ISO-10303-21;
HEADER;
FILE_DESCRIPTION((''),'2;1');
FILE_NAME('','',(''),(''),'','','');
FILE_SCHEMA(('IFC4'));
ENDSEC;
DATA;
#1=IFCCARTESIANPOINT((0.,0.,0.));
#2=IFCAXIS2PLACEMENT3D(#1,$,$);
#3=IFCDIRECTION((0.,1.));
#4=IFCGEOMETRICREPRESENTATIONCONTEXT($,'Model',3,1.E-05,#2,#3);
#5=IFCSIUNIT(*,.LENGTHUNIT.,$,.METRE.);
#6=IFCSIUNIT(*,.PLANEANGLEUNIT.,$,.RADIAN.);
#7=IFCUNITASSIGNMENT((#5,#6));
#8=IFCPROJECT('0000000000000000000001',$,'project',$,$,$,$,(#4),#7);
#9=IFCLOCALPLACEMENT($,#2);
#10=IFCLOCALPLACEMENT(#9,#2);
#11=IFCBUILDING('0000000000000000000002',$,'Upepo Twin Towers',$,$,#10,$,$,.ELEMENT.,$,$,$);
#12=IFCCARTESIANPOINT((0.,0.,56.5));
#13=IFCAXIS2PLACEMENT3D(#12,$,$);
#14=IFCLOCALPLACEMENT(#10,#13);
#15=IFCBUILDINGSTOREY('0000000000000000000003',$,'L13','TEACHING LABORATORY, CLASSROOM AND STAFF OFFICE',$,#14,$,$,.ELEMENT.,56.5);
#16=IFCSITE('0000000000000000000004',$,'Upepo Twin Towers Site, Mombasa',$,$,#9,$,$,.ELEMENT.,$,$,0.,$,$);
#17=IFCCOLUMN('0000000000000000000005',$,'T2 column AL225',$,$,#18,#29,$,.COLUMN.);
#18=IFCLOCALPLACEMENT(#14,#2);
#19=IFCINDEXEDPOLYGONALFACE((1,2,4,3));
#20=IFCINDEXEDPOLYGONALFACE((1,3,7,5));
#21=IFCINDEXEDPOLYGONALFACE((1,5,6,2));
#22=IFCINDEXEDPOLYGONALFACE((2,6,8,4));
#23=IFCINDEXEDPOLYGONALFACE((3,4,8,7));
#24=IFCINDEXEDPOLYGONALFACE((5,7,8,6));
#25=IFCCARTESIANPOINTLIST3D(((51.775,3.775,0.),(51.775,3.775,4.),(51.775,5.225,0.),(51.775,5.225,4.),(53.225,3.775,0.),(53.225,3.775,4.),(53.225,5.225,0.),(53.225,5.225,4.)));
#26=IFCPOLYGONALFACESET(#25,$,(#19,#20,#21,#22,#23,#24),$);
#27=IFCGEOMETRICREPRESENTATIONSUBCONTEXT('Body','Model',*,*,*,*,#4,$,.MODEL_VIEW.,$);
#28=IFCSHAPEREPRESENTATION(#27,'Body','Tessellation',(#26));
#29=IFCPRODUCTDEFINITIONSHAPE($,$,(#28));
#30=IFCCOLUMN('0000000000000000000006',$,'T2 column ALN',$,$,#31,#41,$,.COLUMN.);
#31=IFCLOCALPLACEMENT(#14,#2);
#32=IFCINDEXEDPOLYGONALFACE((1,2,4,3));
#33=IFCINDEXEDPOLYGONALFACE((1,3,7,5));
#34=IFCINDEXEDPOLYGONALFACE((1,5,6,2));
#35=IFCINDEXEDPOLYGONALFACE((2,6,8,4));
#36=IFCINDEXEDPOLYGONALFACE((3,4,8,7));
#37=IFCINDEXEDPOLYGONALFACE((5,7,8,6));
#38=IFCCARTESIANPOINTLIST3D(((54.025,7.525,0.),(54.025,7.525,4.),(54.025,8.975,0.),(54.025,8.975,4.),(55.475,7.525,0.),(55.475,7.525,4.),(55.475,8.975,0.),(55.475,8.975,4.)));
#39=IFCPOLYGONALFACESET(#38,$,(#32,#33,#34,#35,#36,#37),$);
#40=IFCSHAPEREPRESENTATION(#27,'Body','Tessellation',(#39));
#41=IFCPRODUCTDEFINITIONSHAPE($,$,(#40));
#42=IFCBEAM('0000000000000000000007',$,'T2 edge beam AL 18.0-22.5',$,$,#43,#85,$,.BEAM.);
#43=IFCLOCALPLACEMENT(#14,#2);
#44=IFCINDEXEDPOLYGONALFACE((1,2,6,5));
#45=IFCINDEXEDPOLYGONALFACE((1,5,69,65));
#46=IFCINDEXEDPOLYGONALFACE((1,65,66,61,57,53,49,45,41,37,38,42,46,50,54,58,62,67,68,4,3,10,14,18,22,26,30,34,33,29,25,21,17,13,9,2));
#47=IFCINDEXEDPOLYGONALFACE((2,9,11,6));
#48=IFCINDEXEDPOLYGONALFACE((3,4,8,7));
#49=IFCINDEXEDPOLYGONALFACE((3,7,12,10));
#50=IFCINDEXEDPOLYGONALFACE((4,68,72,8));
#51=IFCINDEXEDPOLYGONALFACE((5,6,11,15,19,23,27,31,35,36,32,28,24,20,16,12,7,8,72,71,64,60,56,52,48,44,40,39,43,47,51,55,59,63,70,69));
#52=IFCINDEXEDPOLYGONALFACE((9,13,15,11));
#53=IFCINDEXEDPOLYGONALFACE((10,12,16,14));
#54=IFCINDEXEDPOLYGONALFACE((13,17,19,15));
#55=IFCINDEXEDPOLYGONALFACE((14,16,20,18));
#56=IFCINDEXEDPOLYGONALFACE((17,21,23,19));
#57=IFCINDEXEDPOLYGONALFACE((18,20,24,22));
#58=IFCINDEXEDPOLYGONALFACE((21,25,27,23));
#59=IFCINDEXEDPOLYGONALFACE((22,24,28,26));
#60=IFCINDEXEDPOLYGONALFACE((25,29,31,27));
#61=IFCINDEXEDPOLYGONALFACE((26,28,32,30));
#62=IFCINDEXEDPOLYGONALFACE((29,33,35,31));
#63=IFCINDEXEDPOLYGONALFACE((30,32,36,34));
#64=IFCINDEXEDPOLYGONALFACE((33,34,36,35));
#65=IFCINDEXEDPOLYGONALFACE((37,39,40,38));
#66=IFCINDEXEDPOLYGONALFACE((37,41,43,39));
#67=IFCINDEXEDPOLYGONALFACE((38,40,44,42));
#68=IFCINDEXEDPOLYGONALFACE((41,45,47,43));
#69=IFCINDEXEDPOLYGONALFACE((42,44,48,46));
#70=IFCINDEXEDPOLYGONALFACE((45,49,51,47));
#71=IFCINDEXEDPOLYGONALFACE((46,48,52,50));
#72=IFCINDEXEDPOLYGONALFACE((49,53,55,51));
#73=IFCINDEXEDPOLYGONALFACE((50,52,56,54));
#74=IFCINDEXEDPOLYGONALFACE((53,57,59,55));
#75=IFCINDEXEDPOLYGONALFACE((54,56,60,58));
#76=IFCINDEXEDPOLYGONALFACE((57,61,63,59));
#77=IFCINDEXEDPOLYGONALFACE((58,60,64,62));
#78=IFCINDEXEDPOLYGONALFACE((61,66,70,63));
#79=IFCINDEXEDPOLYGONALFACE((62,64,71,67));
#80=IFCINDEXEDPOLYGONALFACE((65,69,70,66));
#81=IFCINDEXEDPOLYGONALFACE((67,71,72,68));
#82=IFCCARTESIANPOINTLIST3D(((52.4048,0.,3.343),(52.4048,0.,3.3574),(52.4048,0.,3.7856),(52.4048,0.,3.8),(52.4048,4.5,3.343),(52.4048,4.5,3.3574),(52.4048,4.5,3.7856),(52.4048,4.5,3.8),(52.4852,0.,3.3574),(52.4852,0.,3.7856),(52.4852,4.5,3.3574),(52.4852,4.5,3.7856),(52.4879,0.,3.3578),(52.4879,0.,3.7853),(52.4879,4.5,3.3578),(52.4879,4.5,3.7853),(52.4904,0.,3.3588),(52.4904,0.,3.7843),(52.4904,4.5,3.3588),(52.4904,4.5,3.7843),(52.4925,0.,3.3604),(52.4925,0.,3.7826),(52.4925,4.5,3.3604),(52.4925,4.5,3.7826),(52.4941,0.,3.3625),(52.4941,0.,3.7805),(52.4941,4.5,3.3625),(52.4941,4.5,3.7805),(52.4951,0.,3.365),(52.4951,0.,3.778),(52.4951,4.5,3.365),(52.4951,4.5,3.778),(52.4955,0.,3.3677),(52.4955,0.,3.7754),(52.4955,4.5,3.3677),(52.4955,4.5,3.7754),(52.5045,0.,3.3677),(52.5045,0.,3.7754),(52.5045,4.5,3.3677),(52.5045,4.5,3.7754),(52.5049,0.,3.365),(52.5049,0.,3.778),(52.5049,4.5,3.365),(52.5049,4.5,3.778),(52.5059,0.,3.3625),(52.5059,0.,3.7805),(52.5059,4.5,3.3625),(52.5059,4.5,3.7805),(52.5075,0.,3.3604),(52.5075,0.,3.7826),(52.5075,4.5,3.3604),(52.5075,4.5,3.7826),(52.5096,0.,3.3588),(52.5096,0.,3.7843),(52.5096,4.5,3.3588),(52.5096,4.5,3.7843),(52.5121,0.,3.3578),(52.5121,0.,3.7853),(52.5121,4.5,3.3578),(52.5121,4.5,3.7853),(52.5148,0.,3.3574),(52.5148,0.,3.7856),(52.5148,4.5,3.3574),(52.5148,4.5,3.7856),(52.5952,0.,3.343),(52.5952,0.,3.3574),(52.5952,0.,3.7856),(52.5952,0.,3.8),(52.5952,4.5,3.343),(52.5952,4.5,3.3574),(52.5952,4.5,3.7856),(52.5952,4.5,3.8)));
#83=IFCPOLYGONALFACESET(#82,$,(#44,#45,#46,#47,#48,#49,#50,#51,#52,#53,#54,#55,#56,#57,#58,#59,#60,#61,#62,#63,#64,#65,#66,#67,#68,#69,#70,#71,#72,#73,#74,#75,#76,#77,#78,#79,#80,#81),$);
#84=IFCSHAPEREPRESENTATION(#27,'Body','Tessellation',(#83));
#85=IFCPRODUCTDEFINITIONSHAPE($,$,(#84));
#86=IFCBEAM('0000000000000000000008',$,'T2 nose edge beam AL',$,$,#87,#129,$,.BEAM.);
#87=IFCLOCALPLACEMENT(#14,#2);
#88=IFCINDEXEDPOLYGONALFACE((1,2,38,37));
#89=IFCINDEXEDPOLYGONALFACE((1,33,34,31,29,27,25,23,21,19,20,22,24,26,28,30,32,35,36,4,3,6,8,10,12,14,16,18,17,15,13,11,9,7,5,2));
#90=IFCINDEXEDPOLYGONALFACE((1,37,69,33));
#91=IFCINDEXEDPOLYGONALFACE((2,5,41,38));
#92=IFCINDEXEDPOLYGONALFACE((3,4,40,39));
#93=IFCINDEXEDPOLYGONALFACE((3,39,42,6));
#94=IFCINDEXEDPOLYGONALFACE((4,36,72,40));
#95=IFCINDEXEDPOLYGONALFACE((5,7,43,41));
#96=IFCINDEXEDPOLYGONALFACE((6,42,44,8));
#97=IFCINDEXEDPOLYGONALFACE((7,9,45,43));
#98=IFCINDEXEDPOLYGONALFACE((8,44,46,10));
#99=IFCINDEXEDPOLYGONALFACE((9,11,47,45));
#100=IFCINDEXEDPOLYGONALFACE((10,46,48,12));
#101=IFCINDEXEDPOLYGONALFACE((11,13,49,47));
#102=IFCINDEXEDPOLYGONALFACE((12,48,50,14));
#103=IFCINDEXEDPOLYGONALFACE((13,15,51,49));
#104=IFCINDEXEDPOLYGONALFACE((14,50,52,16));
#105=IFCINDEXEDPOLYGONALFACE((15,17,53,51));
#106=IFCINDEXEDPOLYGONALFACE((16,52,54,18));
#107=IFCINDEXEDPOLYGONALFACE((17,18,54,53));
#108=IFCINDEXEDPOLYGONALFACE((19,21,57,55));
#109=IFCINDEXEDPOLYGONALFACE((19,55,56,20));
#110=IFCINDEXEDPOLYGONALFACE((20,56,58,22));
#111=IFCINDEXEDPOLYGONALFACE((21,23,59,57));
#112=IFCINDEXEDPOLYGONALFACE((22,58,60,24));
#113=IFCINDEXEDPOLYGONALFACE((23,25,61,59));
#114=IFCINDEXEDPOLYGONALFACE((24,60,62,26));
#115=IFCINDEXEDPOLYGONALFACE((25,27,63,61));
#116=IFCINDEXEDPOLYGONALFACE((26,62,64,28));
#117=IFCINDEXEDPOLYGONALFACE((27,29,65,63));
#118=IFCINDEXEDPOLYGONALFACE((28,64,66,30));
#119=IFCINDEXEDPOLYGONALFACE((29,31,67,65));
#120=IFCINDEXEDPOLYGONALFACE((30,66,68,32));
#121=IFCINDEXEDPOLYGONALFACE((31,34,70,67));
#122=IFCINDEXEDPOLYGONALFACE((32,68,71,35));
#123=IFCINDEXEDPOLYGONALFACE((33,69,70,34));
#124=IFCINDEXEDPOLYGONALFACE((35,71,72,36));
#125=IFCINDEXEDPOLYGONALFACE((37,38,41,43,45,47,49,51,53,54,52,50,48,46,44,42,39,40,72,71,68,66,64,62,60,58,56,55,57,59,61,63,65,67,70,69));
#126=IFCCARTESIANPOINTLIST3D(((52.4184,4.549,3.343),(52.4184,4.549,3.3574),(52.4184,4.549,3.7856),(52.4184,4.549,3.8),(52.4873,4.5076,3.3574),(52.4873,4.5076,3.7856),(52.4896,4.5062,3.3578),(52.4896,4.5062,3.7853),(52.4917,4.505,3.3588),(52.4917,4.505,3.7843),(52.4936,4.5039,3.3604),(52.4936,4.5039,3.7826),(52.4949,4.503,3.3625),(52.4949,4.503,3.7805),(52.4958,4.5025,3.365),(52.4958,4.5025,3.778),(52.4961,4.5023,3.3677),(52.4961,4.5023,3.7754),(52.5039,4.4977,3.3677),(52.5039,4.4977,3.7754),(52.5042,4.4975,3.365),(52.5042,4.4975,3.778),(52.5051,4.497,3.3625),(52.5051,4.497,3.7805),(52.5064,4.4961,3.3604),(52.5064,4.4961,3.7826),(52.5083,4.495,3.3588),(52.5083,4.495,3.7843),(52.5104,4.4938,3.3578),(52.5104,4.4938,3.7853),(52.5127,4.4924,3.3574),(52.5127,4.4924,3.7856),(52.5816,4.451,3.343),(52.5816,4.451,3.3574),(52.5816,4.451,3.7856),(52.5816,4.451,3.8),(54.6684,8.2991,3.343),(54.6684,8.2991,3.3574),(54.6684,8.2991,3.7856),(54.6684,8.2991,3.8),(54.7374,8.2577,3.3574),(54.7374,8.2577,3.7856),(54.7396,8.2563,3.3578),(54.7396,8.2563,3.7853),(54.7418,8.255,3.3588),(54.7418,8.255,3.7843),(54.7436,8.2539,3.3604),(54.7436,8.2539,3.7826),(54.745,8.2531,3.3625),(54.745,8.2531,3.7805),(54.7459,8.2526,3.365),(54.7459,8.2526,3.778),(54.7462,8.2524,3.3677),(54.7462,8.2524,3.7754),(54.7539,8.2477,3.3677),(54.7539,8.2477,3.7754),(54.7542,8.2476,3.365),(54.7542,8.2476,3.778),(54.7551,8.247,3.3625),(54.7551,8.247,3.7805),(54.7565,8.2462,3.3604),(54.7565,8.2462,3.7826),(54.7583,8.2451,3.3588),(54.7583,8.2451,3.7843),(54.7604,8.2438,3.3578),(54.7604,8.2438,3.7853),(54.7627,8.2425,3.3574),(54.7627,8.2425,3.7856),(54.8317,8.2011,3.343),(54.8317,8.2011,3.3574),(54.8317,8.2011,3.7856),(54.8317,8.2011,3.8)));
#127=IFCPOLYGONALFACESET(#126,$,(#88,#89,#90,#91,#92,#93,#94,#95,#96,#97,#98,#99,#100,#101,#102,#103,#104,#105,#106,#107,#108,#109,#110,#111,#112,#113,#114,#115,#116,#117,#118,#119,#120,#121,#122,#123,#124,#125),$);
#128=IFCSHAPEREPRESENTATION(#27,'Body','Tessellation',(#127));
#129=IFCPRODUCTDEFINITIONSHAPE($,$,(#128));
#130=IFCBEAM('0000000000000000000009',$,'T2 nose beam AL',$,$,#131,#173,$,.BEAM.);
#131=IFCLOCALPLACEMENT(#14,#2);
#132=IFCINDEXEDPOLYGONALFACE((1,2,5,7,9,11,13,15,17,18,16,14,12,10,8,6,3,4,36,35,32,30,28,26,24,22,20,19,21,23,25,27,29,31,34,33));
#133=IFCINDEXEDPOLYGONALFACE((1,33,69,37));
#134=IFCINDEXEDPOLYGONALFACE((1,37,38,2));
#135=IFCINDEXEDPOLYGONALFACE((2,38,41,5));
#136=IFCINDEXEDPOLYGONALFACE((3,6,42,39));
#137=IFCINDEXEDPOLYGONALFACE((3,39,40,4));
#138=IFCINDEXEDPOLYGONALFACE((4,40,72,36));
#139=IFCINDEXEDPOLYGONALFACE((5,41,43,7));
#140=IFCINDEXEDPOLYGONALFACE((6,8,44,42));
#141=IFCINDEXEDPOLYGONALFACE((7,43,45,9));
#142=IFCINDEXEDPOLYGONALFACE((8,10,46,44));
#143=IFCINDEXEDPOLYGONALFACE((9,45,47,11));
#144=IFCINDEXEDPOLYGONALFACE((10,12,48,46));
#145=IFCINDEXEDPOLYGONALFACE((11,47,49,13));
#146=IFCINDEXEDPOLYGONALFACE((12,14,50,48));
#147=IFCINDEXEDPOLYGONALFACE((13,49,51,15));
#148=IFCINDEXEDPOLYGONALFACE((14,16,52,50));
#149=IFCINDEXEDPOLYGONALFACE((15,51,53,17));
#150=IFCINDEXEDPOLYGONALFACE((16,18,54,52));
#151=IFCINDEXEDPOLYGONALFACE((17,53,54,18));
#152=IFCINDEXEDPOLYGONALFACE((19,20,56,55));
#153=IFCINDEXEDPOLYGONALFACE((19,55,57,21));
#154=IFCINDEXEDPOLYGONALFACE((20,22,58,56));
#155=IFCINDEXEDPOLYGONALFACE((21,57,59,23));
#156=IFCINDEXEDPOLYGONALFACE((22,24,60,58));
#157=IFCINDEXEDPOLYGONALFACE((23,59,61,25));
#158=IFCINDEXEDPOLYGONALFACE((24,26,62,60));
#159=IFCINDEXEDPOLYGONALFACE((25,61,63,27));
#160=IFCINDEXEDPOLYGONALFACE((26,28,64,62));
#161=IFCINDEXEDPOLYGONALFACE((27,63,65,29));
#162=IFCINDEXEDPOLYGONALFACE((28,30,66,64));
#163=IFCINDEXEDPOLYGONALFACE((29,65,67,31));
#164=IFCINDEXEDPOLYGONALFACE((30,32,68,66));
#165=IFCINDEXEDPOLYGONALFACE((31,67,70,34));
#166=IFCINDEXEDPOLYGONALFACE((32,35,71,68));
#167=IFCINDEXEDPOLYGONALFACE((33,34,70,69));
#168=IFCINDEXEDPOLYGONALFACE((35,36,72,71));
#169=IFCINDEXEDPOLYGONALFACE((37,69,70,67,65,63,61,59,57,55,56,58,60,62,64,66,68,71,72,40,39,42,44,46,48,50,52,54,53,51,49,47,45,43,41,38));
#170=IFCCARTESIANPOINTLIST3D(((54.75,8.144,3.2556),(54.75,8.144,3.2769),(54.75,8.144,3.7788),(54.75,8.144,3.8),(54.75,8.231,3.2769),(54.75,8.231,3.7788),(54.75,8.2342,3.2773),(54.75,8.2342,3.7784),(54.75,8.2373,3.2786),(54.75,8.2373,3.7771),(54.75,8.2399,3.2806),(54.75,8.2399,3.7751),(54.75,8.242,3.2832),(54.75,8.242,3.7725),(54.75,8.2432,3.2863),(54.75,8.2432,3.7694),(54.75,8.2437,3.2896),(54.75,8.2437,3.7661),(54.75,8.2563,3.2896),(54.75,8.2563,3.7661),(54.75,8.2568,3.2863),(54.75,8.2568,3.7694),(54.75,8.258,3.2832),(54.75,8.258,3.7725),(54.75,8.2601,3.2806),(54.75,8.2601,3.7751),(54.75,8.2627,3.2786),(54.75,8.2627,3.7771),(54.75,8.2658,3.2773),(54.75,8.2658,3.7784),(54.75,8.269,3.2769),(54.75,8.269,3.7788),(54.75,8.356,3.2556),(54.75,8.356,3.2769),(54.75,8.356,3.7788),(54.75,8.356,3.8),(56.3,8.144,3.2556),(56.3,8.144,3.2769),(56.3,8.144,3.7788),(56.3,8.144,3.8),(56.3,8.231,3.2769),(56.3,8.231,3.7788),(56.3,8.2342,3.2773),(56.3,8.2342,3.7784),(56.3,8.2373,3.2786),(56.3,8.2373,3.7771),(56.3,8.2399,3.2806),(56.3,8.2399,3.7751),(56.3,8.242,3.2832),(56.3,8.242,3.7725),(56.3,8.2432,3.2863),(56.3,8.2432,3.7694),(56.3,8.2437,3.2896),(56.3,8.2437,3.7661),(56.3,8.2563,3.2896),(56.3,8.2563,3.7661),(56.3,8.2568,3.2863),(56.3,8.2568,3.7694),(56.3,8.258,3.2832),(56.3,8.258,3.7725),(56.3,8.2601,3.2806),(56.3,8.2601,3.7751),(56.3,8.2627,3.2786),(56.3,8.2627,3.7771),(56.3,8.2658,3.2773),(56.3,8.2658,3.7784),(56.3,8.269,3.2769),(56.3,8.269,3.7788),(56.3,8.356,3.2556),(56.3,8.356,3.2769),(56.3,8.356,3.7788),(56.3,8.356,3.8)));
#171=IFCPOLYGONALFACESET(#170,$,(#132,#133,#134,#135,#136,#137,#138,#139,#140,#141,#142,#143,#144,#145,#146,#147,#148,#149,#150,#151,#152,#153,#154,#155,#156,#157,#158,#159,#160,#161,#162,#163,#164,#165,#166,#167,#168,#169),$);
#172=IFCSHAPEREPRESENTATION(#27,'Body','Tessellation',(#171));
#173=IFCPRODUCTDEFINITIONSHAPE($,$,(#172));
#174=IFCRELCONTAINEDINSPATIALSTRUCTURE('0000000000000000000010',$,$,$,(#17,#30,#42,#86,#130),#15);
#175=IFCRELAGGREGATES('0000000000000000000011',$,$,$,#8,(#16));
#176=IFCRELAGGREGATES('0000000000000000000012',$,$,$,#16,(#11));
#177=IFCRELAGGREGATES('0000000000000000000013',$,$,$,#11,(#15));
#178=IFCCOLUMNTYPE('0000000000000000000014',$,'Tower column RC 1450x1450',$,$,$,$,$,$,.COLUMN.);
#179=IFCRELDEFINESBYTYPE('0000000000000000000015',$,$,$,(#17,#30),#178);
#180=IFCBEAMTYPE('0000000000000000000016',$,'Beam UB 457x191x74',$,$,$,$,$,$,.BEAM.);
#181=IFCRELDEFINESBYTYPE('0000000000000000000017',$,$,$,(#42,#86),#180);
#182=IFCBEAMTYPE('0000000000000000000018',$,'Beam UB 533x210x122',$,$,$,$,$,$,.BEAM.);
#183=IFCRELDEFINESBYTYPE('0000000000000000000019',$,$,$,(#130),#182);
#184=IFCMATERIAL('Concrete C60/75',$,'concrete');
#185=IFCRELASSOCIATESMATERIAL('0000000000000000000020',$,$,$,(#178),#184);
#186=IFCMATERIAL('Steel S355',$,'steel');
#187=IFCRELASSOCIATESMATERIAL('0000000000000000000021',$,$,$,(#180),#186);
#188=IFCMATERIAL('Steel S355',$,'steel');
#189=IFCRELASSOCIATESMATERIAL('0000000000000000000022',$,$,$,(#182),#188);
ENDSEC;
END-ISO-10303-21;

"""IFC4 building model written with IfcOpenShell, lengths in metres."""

from ifc_helpers import new_model, si_unit, direction, frame, origin, origin_2d, place, context, subcontext, project, spatial, rectangle, i_section, extrude, material, material_profile, profile_set, type_object, element, save


model = new_model("IFC4")

# Units and contexts
model_context = context("Model", 3, precision=1e-05, world=origin(), true_north=direction((0.0, 1.0)))
body_context = subcontext(model_context, "Body", "Model", "MODEL_VIEW")
ifc_project = project(units=[si_unit("LENGTHUNIT", "METRE"), si_unit("PLANEANGLEUNIT", "RADIAN")], contexts=[model_context])

# Site, building, storey
site_placement = place(None, origin())
site = spatial("IfcSite", under=ifc_project, at=site_placement, Name="Upepo Twin Towers Site, Mombasa", CompositionType="ELEMENT", RefElevation=0.0)
building_placement = place(site_placement, origin())
building = spatial("IfcBuilding", under=site, at=building_placement, Name="Upepo Twin Towers", CompositionType="ELEMENT")
storey_placement = place(building_placement, frame((0.0, 0.0, 56.5)))
storey = spatial("IfcBuildingStorey", under=building, at=storey_placement, Name="L13", Description="TEACHING LABORATORY, CLASSROOM AND STAFF OFFICE", CompositionType="ELEMENT", Elevation=56.5)

# Columns
ifc_material_1 = material(Name="Concrete C60/75", Category="concrete")
ifc_material_profile_1 = material_profile(ifc_material_1, rectangle(XDim=1.45, YDim=1.45, at=origin_2d()), Name="RC 1450x1450")
ifc_profile_set_1 = profile_set([ifc_material_profile_1], Name="Concrete C60/75")
column_type = type_object("IfcColumnType", Name="Tower column RC 1450x1450", PredefinedType="COLUMN", material=ifc_profile_set_1)
for number, where, z_axis, x_axis, name in (
    (1, (52.5, 4.5, 0.0), (0.0, 0.0, 1.0), (1.0, 0.0, 0.0), "T2 column AL225"),
    (2, (54.75, 8.25, 0.0), (0.0, 0.0, 1.0), (1.0, 0.0, 0.0), "T2 column ALN"),
):
    element("IfcColumn", number, at=place(storey_placement, frame(where, z_axis=z_axis, x_axis=x_axis)), inside=storey, type_object=column_type, Name=name, PredefinedType="COLUMN", context=body_context, shape_type="SweptSolid", body=[
        extrude(rectangle(XDim=1.45, YDim=1.45, at=origin_2d()), origin(), (0.0, 0.0, 1.0), 4.0),
    ])

# Beams
ifc_material_2 = material(Name="Steel S355", Category="steel")
ifc_material_profile_2 = material_profile(ifc_material_2, i_section(OverallWidth=0.1904, OverallDepth=0.457, WebThickness=0.009, FlangeThickness=0.0144, FilletRadius=0.0103, at=origin_2d()), Name="UB 457x191x74")
ifc_profile_set_2 = profile_set([ifc_material_profile_2], Name="Steel S355")
beam_type_1 = type_object("IfcBeamType", Name="Beam UB 457x191x74", PredefinedType="BEAM", material=ifc_profile_set_2)
beam_1_placement = place(storey_placement, frame((52.5, 0.0, 3.5715), z_axis=(0.0, 1.0, 0.0), x_axis=(-1.0, 0.0, 0.0)))
element("IfcBeam", 3, at=beam_1_placement, inside=storey, type_object=beam_type_1, Name="T2 edge beam AL 18.0-22.5", PredefinedType="BEAM", context=body_context, shape_type="SweptSolid", body=[
    extrude(i_section(OverallWidth=0.1904, OverallDepth=0.457, WebThickness=0.009, FlangeThickness=0.0144, FilletRadius=0.0103, at=origin_2d()), origin(), (0.0, 0.0, 1.0), 4.5),
])
beam_2_placement = place(storey_placement, frame((52.5, 4.5, 3.5715), z_axis=(0.514496, 0.857493, 0.0), x_axis=(-0.857493, 0.514496, 0.0)))
element("IfcBeam", 4, at=beam_2_placement, inside=storey, type_object=beam_type_1, Name="T2 nose edge beam AL", PredefinedType="BEAM", context=body_context, shape_type="SweptSolid", body=[
    extrude(i_section(OverallWidth=0.1904, OverallDepth=0.457, WebThickness=0.009, FlangeThickness=0.0144, FilletRadius=0.0103, at=origin_2d()), origin(), (0.0, 0.0, 1.0), 4.3733),
])
ifc_material_3 = material(Name="Steel S355", Category="steel")
ifc_material_profile_3 = material_profile(ifc_material_3, i_section(OverallWidth=0.2119, OverallDepth=0.5444, WebThickness=0.0127, FlangeThickness=0.0212, FilletRadius=0.0127, at=origin_2d()), Name="UB 533x210x122")
ifc_profile_set_3 = profile_set([ifc_material_profile_3], Name="Steel S355")
beam_type_2 = type_object("IfcBeamType", Name="Beam UB 533x210x122", PredefinedType="BEAM", material=ifc_profile_set_3)
beam_3_placement = place(storey_placement, frame((54.75, 8.25, 3.5278), z_axis=(1.0, 0.0, 0.0), x_axis=(0.0, 1.0, 0.0)))
element("IfcBeam", 5, at=beam_3_placement, inside=storey, type_object=beam_type_2, Name="T2 nose beam AL", PredefinedType="BEAM", context=body_context, shape_type="SweptSolid", body=[
    extrude(i_section(OverallWidth=0.2119, OverallDepth=0.5444, WebThickness=0.0127, FlangeThickness=0.0212, FilletRadius=0.0127, at=origin_2d()), origin(), (0.0, 0.0, 1.0), 1.55),
])

save(model, "model.ifc")
